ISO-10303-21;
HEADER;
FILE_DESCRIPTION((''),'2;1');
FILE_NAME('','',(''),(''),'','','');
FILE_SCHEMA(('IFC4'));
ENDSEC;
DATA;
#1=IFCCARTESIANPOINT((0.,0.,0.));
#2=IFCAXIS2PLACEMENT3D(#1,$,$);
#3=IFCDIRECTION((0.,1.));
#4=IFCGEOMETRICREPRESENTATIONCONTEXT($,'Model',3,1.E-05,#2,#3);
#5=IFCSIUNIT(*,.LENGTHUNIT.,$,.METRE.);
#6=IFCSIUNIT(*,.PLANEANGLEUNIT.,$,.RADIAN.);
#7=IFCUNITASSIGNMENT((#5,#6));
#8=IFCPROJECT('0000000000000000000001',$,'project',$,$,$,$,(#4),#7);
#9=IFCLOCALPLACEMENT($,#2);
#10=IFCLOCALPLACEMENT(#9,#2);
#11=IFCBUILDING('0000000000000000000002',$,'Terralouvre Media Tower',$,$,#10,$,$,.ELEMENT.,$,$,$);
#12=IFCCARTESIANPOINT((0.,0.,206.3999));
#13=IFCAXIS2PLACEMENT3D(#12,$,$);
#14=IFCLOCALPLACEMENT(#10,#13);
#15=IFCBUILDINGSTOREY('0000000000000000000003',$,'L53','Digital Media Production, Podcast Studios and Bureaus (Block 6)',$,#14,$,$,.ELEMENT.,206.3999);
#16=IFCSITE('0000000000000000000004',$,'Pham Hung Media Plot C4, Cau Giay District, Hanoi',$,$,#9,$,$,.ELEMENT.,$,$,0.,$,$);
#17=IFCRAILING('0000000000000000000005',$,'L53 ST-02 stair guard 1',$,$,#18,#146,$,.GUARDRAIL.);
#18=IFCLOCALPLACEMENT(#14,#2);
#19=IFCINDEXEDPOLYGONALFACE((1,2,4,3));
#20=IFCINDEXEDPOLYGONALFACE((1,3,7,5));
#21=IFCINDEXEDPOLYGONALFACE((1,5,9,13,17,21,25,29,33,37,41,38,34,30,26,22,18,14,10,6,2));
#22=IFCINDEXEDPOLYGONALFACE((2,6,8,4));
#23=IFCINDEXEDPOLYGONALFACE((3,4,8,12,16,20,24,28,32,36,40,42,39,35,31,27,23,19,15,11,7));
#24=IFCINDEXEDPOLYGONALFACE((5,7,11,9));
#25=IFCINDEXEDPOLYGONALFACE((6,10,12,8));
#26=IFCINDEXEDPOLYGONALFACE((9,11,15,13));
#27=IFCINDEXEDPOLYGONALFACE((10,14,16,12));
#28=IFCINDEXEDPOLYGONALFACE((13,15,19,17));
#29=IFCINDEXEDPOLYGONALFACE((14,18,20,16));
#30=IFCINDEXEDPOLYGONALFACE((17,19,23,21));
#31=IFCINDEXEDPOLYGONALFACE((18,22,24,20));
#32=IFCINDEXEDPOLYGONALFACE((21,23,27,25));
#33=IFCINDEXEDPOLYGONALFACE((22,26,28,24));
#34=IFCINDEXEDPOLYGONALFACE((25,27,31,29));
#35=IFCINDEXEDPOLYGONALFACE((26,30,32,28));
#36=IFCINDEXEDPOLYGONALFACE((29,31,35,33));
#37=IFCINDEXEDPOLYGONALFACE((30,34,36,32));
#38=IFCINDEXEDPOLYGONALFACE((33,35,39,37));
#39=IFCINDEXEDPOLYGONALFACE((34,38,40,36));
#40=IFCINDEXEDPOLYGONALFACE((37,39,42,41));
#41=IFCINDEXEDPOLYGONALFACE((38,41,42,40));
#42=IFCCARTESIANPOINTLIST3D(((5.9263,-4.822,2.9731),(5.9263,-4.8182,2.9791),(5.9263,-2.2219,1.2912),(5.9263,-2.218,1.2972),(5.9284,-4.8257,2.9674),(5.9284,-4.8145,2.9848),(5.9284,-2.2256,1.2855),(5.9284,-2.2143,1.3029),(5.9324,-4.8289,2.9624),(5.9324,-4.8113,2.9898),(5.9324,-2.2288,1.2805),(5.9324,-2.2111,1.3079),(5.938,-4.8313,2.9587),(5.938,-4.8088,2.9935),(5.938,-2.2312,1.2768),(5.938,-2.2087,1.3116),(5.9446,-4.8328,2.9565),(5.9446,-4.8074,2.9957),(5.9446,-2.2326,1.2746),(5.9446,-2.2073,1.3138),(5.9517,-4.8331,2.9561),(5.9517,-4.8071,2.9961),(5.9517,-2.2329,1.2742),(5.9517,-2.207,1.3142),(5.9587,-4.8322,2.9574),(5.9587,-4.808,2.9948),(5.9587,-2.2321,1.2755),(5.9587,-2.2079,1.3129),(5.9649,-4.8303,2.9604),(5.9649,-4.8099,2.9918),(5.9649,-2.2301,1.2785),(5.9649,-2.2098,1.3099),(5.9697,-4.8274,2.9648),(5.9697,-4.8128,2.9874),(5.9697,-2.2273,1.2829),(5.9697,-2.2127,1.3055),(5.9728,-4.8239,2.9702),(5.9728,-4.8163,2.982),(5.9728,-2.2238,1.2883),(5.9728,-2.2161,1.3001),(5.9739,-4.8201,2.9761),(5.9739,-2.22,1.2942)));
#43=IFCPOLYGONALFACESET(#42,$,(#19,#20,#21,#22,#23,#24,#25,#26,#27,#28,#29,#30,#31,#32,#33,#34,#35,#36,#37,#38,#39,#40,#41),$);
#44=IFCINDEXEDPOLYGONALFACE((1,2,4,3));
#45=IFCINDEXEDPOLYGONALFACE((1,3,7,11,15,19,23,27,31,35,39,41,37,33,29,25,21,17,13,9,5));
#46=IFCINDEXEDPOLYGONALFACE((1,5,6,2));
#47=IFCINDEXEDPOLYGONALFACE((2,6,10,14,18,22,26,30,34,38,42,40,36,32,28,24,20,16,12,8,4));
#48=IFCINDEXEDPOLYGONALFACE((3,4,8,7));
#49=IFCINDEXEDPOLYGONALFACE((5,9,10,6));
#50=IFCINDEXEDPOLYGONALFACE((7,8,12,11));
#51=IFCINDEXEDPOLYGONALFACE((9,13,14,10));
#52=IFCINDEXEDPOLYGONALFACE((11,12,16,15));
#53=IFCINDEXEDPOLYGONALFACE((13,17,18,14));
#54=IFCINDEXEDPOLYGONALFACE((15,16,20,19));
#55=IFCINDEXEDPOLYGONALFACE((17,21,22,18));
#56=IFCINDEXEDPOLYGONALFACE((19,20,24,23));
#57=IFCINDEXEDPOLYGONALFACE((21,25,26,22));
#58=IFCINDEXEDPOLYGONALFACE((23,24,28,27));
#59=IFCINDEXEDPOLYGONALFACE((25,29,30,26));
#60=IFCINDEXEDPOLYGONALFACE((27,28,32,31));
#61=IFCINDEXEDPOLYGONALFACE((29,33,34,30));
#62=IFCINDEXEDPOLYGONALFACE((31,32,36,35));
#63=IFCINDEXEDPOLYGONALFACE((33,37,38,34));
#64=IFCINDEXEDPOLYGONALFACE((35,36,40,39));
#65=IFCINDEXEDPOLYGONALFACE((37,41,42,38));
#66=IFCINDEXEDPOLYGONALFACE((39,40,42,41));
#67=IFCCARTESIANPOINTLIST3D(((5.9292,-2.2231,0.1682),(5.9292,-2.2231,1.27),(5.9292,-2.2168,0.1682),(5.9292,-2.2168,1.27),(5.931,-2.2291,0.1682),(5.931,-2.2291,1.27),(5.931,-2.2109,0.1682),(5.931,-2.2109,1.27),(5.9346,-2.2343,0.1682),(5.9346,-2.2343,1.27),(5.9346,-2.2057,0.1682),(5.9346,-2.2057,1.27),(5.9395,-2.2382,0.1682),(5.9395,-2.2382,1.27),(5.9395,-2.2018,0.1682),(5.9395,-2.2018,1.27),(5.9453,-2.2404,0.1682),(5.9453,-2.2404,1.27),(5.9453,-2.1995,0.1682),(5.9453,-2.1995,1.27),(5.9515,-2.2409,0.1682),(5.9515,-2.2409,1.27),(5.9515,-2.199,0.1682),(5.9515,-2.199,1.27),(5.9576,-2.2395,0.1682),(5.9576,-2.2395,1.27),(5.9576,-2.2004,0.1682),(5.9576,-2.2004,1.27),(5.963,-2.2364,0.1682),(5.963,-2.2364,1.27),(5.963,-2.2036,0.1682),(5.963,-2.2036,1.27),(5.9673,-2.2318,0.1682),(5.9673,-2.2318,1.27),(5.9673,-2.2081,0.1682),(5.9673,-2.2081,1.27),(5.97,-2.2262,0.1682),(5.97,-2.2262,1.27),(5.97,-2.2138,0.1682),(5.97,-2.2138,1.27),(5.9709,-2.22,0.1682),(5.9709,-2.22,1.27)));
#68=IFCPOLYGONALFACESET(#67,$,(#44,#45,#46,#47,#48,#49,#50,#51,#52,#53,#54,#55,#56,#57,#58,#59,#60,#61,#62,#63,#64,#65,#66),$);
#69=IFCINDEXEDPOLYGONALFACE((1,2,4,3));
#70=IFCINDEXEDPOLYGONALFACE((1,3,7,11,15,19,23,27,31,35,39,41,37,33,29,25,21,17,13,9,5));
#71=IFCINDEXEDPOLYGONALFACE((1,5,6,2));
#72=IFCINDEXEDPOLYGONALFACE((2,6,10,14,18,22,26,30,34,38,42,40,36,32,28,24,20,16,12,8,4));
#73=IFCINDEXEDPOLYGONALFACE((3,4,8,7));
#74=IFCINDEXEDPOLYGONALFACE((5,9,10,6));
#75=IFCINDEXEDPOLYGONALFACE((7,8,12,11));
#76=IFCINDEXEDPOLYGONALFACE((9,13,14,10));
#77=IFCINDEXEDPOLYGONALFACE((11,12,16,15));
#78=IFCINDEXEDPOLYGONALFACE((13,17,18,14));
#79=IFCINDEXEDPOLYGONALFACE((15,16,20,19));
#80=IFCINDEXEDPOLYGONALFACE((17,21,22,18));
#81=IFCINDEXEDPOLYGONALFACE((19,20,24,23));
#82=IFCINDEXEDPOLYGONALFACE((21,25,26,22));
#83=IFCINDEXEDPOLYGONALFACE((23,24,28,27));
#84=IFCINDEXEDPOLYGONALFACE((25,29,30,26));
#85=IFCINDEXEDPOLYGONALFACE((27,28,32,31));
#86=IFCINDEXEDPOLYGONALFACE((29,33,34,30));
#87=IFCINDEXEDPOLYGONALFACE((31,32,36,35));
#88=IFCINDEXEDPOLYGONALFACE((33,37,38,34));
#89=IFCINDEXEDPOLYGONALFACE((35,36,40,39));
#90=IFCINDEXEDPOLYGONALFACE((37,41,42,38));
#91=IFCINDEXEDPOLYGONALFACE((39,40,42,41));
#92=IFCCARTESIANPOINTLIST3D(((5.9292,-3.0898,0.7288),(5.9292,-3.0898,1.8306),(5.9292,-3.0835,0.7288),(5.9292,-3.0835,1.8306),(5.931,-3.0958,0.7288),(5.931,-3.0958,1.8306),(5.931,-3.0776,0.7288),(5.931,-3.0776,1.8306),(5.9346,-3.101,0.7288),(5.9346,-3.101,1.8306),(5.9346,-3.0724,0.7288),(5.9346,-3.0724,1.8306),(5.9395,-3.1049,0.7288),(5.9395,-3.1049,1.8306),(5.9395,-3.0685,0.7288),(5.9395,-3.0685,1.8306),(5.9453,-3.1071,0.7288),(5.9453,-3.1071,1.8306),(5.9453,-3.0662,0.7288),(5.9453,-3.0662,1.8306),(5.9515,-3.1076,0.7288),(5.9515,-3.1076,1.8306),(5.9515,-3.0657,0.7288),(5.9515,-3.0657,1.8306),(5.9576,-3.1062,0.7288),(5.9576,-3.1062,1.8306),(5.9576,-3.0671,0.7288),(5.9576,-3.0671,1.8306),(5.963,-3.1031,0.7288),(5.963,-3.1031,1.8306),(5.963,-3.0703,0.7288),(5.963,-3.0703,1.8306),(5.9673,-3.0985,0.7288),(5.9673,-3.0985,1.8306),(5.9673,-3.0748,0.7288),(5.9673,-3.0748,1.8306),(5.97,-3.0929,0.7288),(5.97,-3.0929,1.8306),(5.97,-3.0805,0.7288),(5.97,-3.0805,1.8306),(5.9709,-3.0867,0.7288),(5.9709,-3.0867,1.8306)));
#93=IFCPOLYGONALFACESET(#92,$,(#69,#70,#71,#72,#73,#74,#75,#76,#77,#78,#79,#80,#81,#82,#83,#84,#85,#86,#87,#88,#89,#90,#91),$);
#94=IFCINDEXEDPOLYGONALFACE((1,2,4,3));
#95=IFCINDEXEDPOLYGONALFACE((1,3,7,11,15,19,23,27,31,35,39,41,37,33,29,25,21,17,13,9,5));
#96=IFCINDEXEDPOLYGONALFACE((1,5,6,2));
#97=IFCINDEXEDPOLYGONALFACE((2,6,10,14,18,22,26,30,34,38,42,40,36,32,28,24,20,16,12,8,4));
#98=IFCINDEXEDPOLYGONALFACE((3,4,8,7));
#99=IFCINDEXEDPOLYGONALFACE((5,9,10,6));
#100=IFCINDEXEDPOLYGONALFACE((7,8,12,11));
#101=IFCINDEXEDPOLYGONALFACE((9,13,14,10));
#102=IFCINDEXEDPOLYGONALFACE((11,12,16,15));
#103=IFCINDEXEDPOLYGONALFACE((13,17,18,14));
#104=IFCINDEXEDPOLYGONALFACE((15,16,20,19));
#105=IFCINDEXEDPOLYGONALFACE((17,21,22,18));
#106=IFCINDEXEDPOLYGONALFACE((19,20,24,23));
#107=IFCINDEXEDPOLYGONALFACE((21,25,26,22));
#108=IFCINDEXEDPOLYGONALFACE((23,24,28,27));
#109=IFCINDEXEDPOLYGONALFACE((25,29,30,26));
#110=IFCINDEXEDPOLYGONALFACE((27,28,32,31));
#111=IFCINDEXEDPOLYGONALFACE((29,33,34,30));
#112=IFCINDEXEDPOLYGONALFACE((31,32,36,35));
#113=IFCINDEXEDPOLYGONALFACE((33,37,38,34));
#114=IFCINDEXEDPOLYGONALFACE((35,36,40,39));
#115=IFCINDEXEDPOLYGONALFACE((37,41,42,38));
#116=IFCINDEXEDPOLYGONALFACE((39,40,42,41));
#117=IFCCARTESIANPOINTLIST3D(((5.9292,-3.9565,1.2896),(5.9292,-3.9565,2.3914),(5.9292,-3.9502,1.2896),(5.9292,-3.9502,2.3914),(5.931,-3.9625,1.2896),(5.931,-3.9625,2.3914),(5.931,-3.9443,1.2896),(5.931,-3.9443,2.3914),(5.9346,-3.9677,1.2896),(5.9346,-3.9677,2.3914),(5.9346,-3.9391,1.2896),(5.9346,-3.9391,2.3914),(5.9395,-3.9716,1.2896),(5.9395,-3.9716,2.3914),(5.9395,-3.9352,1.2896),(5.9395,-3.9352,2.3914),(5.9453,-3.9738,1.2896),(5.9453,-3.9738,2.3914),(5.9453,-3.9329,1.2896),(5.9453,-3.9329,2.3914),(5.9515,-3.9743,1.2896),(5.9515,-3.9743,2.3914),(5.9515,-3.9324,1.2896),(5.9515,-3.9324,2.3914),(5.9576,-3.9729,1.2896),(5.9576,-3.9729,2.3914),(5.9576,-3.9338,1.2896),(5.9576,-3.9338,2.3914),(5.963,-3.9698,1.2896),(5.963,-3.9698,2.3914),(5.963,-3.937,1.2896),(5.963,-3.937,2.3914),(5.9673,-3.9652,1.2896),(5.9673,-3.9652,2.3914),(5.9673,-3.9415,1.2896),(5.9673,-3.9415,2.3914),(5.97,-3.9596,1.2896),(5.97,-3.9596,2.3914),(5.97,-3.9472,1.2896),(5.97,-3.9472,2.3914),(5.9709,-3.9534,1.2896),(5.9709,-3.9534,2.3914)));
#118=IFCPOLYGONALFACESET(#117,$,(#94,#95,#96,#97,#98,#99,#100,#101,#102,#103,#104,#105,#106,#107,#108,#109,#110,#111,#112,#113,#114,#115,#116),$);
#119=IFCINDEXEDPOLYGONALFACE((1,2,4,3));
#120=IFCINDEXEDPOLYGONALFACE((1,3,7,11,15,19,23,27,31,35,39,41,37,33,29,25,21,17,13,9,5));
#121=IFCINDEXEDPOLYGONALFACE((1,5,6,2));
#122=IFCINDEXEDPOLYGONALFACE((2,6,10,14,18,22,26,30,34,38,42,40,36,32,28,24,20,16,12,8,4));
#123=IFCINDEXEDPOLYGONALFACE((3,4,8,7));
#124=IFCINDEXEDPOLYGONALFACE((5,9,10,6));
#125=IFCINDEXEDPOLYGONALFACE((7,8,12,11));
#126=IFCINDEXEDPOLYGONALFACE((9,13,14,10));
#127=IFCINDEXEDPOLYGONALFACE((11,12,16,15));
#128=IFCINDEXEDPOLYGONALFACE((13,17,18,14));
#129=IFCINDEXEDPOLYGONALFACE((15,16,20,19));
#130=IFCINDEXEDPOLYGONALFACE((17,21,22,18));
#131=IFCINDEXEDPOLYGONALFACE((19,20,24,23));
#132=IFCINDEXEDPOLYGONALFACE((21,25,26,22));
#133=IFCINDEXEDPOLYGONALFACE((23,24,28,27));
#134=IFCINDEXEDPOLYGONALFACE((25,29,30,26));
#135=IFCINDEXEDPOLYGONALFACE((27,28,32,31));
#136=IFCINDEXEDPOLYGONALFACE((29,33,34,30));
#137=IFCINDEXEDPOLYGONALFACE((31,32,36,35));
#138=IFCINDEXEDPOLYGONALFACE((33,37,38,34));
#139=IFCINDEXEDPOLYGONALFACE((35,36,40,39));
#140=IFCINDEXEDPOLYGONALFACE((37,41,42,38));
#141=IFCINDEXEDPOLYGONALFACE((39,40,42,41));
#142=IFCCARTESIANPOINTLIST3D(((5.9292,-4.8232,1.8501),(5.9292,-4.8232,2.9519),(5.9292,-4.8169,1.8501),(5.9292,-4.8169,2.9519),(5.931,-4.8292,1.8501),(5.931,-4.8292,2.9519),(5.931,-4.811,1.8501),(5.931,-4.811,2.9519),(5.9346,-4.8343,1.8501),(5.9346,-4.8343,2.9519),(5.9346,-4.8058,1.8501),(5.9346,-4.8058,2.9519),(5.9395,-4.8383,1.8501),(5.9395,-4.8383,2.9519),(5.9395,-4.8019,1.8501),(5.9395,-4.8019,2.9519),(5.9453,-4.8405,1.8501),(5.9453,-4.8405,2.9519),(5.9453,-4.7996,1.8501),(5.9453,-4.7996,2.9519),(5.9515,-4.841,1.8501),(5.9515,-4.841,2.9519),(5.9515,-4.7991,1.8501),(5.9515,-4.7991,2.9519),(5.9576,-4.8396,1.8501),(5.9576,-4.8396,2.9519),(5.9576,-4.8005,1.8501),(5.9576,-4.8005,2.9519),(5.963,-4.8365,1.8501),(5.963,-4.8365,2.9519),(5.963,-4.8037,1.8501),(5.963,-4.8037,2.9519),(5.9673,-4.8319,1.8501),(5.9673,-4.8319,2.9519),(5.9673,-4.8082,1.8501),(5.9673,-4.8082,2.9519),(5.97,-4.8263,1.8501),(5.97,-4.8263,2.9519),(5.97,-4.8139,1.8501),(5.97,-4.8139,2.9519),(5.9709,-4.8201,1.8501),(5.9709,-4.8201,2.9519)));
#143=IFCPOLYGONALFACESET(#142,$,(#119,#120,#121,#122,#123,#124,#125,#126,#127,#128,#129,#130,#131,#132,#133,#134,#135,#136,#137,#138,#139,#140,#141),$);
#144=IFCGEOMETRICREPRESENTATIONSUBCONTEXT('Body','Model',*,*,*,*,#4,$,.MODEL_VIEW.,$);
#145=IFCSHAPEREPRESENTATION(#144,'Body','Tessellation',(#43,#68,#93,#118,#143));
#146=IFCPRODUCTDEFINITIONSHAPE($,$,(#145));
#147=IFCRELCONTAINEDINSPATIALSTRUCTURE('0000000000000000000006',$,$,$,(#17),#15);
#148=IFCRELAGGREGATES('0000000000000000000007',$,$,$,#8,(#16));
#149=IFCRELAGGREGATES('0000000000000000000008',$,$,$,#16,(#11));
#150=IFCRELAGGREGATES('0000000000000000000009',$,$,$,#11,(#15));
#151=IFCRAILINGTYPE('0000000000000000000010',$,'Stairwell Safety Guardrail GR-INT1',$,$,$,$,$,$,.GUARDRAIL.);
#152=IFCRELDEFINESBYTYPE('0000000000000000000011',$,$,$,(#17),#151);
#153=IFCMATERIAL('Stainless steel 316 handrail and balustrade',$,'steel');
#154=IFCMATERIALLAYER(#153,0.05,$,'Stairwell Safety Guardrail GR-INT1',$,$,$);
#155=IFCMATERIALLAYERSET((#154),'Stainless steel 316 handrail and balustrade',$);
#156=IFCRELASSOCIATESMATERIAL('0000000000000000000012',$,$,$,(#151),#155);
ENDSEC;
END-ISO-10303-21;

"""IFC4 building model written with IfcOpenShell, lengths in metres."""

from ifc_helpers import new_model, si_unit, direction, frame, origin, origin_2d, place, context, subcontext, project, spatial, circle, extrude, material, layer, layer_set, type_object, element, save


model = new_model("IFC4")

# Units and contexts
model_context = context("Model", 3, precision=1e-05, world=origin(), true_north=direction((0.0, 1.0)))
body_context = subcontext(model_context, "Body", "Model", "MODEL_VIEW")
ifc_project = project(units=[si_unit("LENGTHUNIT", "METRE"), si_unit("PLANEANGLEUNIT", "RADIAN")], contexts=[model_context])

# Site, building, storey
site_placement = place(None, origin())
site = spatial("IfcSite", under=ifc_project, at=site_placement, Name="Pham Hung Media Plot C4, Cau Giay District, Hanoi", CompositionType="ELEMENT", RefElevation=0.0)
building_placement = place(site_placement, origin())
building = spatial("IfcBuilding", under=site, at=building_placement, Name="Terralouvre Media Tower", CompositionType="ELEMENT")
storey_placement = place(building_placement, frame((0.0, 0.0, 206.3999)))
storey = spatial("IfcBuildingStorey", under=building, at=storey_placement, Name="L53", Description="Digital Media Production, Podcast Studios and Bureaus (Block 6)", CompositionType="ELEMENT", Elevation=206.3999)

# Railing
ifc_material_1 = material(Name="Stainless steel 316 handrail and balustrade", Category="steel")
ifc_layer_1 = layer(ifc_material_1, 0.05, Name="Stairwell Safety Guardrail GR-INT1")
ifc_layer_set_1 = layer_set([ifc_layer_1], Name="Stainless steel 316 handrail and balustrade")
railing_type_1 = type_object("IfcRailingType", Name="Stairwell Safety Guardrail GR-INT1", PredefinedType="GUARDRAIL", material=ifc_layer_set_1)
railing_1_placement = place(storey_placement, frame((5.95, -2.22, 0.1682)))
element("IfcRailing", 1, at=railing_1_placement, inside=storey, type_object=railing_type_1, Name="L53 ST-02 stair guard 1", PredefinedType="GUARDRAIL", context=body_context, shape_type="SweptSolid", body=[
    extrude(circle(Radius=0.0239, at=origin_2d()), frame((0.0, 0.0, 1.126), z_axis=(0.0, -0.839648, 0.54313), x_axis=(1.0, 0.0, 0.0)), (0.0, 0.0, 1.0), 3.0967),
    extrude(circle(Radius=0.021, at=origin_2d()), origin(), (0.0, 0.0, 1.0), 1.1018),
    extrude(circle(Radius=0.021, at=origin_2d()), frame((0.0, -0.8667, 0.5605)), (0.0, 0.0, 1.0), 1.1018),
    extrude(circle(Radius=0.021, at=origin_2d()), frame((0.0, -1.7334, 1.1213)), (0.0, 0.0, 1.0), 1.1018),
    extrude(circle(Radius=0.021, at=origin_2d()), frame((0.0, -2.6001, 1.6819)), (0.0, 0.0, 1.0), 1.1018),
])

save(model, "model.ifc")
